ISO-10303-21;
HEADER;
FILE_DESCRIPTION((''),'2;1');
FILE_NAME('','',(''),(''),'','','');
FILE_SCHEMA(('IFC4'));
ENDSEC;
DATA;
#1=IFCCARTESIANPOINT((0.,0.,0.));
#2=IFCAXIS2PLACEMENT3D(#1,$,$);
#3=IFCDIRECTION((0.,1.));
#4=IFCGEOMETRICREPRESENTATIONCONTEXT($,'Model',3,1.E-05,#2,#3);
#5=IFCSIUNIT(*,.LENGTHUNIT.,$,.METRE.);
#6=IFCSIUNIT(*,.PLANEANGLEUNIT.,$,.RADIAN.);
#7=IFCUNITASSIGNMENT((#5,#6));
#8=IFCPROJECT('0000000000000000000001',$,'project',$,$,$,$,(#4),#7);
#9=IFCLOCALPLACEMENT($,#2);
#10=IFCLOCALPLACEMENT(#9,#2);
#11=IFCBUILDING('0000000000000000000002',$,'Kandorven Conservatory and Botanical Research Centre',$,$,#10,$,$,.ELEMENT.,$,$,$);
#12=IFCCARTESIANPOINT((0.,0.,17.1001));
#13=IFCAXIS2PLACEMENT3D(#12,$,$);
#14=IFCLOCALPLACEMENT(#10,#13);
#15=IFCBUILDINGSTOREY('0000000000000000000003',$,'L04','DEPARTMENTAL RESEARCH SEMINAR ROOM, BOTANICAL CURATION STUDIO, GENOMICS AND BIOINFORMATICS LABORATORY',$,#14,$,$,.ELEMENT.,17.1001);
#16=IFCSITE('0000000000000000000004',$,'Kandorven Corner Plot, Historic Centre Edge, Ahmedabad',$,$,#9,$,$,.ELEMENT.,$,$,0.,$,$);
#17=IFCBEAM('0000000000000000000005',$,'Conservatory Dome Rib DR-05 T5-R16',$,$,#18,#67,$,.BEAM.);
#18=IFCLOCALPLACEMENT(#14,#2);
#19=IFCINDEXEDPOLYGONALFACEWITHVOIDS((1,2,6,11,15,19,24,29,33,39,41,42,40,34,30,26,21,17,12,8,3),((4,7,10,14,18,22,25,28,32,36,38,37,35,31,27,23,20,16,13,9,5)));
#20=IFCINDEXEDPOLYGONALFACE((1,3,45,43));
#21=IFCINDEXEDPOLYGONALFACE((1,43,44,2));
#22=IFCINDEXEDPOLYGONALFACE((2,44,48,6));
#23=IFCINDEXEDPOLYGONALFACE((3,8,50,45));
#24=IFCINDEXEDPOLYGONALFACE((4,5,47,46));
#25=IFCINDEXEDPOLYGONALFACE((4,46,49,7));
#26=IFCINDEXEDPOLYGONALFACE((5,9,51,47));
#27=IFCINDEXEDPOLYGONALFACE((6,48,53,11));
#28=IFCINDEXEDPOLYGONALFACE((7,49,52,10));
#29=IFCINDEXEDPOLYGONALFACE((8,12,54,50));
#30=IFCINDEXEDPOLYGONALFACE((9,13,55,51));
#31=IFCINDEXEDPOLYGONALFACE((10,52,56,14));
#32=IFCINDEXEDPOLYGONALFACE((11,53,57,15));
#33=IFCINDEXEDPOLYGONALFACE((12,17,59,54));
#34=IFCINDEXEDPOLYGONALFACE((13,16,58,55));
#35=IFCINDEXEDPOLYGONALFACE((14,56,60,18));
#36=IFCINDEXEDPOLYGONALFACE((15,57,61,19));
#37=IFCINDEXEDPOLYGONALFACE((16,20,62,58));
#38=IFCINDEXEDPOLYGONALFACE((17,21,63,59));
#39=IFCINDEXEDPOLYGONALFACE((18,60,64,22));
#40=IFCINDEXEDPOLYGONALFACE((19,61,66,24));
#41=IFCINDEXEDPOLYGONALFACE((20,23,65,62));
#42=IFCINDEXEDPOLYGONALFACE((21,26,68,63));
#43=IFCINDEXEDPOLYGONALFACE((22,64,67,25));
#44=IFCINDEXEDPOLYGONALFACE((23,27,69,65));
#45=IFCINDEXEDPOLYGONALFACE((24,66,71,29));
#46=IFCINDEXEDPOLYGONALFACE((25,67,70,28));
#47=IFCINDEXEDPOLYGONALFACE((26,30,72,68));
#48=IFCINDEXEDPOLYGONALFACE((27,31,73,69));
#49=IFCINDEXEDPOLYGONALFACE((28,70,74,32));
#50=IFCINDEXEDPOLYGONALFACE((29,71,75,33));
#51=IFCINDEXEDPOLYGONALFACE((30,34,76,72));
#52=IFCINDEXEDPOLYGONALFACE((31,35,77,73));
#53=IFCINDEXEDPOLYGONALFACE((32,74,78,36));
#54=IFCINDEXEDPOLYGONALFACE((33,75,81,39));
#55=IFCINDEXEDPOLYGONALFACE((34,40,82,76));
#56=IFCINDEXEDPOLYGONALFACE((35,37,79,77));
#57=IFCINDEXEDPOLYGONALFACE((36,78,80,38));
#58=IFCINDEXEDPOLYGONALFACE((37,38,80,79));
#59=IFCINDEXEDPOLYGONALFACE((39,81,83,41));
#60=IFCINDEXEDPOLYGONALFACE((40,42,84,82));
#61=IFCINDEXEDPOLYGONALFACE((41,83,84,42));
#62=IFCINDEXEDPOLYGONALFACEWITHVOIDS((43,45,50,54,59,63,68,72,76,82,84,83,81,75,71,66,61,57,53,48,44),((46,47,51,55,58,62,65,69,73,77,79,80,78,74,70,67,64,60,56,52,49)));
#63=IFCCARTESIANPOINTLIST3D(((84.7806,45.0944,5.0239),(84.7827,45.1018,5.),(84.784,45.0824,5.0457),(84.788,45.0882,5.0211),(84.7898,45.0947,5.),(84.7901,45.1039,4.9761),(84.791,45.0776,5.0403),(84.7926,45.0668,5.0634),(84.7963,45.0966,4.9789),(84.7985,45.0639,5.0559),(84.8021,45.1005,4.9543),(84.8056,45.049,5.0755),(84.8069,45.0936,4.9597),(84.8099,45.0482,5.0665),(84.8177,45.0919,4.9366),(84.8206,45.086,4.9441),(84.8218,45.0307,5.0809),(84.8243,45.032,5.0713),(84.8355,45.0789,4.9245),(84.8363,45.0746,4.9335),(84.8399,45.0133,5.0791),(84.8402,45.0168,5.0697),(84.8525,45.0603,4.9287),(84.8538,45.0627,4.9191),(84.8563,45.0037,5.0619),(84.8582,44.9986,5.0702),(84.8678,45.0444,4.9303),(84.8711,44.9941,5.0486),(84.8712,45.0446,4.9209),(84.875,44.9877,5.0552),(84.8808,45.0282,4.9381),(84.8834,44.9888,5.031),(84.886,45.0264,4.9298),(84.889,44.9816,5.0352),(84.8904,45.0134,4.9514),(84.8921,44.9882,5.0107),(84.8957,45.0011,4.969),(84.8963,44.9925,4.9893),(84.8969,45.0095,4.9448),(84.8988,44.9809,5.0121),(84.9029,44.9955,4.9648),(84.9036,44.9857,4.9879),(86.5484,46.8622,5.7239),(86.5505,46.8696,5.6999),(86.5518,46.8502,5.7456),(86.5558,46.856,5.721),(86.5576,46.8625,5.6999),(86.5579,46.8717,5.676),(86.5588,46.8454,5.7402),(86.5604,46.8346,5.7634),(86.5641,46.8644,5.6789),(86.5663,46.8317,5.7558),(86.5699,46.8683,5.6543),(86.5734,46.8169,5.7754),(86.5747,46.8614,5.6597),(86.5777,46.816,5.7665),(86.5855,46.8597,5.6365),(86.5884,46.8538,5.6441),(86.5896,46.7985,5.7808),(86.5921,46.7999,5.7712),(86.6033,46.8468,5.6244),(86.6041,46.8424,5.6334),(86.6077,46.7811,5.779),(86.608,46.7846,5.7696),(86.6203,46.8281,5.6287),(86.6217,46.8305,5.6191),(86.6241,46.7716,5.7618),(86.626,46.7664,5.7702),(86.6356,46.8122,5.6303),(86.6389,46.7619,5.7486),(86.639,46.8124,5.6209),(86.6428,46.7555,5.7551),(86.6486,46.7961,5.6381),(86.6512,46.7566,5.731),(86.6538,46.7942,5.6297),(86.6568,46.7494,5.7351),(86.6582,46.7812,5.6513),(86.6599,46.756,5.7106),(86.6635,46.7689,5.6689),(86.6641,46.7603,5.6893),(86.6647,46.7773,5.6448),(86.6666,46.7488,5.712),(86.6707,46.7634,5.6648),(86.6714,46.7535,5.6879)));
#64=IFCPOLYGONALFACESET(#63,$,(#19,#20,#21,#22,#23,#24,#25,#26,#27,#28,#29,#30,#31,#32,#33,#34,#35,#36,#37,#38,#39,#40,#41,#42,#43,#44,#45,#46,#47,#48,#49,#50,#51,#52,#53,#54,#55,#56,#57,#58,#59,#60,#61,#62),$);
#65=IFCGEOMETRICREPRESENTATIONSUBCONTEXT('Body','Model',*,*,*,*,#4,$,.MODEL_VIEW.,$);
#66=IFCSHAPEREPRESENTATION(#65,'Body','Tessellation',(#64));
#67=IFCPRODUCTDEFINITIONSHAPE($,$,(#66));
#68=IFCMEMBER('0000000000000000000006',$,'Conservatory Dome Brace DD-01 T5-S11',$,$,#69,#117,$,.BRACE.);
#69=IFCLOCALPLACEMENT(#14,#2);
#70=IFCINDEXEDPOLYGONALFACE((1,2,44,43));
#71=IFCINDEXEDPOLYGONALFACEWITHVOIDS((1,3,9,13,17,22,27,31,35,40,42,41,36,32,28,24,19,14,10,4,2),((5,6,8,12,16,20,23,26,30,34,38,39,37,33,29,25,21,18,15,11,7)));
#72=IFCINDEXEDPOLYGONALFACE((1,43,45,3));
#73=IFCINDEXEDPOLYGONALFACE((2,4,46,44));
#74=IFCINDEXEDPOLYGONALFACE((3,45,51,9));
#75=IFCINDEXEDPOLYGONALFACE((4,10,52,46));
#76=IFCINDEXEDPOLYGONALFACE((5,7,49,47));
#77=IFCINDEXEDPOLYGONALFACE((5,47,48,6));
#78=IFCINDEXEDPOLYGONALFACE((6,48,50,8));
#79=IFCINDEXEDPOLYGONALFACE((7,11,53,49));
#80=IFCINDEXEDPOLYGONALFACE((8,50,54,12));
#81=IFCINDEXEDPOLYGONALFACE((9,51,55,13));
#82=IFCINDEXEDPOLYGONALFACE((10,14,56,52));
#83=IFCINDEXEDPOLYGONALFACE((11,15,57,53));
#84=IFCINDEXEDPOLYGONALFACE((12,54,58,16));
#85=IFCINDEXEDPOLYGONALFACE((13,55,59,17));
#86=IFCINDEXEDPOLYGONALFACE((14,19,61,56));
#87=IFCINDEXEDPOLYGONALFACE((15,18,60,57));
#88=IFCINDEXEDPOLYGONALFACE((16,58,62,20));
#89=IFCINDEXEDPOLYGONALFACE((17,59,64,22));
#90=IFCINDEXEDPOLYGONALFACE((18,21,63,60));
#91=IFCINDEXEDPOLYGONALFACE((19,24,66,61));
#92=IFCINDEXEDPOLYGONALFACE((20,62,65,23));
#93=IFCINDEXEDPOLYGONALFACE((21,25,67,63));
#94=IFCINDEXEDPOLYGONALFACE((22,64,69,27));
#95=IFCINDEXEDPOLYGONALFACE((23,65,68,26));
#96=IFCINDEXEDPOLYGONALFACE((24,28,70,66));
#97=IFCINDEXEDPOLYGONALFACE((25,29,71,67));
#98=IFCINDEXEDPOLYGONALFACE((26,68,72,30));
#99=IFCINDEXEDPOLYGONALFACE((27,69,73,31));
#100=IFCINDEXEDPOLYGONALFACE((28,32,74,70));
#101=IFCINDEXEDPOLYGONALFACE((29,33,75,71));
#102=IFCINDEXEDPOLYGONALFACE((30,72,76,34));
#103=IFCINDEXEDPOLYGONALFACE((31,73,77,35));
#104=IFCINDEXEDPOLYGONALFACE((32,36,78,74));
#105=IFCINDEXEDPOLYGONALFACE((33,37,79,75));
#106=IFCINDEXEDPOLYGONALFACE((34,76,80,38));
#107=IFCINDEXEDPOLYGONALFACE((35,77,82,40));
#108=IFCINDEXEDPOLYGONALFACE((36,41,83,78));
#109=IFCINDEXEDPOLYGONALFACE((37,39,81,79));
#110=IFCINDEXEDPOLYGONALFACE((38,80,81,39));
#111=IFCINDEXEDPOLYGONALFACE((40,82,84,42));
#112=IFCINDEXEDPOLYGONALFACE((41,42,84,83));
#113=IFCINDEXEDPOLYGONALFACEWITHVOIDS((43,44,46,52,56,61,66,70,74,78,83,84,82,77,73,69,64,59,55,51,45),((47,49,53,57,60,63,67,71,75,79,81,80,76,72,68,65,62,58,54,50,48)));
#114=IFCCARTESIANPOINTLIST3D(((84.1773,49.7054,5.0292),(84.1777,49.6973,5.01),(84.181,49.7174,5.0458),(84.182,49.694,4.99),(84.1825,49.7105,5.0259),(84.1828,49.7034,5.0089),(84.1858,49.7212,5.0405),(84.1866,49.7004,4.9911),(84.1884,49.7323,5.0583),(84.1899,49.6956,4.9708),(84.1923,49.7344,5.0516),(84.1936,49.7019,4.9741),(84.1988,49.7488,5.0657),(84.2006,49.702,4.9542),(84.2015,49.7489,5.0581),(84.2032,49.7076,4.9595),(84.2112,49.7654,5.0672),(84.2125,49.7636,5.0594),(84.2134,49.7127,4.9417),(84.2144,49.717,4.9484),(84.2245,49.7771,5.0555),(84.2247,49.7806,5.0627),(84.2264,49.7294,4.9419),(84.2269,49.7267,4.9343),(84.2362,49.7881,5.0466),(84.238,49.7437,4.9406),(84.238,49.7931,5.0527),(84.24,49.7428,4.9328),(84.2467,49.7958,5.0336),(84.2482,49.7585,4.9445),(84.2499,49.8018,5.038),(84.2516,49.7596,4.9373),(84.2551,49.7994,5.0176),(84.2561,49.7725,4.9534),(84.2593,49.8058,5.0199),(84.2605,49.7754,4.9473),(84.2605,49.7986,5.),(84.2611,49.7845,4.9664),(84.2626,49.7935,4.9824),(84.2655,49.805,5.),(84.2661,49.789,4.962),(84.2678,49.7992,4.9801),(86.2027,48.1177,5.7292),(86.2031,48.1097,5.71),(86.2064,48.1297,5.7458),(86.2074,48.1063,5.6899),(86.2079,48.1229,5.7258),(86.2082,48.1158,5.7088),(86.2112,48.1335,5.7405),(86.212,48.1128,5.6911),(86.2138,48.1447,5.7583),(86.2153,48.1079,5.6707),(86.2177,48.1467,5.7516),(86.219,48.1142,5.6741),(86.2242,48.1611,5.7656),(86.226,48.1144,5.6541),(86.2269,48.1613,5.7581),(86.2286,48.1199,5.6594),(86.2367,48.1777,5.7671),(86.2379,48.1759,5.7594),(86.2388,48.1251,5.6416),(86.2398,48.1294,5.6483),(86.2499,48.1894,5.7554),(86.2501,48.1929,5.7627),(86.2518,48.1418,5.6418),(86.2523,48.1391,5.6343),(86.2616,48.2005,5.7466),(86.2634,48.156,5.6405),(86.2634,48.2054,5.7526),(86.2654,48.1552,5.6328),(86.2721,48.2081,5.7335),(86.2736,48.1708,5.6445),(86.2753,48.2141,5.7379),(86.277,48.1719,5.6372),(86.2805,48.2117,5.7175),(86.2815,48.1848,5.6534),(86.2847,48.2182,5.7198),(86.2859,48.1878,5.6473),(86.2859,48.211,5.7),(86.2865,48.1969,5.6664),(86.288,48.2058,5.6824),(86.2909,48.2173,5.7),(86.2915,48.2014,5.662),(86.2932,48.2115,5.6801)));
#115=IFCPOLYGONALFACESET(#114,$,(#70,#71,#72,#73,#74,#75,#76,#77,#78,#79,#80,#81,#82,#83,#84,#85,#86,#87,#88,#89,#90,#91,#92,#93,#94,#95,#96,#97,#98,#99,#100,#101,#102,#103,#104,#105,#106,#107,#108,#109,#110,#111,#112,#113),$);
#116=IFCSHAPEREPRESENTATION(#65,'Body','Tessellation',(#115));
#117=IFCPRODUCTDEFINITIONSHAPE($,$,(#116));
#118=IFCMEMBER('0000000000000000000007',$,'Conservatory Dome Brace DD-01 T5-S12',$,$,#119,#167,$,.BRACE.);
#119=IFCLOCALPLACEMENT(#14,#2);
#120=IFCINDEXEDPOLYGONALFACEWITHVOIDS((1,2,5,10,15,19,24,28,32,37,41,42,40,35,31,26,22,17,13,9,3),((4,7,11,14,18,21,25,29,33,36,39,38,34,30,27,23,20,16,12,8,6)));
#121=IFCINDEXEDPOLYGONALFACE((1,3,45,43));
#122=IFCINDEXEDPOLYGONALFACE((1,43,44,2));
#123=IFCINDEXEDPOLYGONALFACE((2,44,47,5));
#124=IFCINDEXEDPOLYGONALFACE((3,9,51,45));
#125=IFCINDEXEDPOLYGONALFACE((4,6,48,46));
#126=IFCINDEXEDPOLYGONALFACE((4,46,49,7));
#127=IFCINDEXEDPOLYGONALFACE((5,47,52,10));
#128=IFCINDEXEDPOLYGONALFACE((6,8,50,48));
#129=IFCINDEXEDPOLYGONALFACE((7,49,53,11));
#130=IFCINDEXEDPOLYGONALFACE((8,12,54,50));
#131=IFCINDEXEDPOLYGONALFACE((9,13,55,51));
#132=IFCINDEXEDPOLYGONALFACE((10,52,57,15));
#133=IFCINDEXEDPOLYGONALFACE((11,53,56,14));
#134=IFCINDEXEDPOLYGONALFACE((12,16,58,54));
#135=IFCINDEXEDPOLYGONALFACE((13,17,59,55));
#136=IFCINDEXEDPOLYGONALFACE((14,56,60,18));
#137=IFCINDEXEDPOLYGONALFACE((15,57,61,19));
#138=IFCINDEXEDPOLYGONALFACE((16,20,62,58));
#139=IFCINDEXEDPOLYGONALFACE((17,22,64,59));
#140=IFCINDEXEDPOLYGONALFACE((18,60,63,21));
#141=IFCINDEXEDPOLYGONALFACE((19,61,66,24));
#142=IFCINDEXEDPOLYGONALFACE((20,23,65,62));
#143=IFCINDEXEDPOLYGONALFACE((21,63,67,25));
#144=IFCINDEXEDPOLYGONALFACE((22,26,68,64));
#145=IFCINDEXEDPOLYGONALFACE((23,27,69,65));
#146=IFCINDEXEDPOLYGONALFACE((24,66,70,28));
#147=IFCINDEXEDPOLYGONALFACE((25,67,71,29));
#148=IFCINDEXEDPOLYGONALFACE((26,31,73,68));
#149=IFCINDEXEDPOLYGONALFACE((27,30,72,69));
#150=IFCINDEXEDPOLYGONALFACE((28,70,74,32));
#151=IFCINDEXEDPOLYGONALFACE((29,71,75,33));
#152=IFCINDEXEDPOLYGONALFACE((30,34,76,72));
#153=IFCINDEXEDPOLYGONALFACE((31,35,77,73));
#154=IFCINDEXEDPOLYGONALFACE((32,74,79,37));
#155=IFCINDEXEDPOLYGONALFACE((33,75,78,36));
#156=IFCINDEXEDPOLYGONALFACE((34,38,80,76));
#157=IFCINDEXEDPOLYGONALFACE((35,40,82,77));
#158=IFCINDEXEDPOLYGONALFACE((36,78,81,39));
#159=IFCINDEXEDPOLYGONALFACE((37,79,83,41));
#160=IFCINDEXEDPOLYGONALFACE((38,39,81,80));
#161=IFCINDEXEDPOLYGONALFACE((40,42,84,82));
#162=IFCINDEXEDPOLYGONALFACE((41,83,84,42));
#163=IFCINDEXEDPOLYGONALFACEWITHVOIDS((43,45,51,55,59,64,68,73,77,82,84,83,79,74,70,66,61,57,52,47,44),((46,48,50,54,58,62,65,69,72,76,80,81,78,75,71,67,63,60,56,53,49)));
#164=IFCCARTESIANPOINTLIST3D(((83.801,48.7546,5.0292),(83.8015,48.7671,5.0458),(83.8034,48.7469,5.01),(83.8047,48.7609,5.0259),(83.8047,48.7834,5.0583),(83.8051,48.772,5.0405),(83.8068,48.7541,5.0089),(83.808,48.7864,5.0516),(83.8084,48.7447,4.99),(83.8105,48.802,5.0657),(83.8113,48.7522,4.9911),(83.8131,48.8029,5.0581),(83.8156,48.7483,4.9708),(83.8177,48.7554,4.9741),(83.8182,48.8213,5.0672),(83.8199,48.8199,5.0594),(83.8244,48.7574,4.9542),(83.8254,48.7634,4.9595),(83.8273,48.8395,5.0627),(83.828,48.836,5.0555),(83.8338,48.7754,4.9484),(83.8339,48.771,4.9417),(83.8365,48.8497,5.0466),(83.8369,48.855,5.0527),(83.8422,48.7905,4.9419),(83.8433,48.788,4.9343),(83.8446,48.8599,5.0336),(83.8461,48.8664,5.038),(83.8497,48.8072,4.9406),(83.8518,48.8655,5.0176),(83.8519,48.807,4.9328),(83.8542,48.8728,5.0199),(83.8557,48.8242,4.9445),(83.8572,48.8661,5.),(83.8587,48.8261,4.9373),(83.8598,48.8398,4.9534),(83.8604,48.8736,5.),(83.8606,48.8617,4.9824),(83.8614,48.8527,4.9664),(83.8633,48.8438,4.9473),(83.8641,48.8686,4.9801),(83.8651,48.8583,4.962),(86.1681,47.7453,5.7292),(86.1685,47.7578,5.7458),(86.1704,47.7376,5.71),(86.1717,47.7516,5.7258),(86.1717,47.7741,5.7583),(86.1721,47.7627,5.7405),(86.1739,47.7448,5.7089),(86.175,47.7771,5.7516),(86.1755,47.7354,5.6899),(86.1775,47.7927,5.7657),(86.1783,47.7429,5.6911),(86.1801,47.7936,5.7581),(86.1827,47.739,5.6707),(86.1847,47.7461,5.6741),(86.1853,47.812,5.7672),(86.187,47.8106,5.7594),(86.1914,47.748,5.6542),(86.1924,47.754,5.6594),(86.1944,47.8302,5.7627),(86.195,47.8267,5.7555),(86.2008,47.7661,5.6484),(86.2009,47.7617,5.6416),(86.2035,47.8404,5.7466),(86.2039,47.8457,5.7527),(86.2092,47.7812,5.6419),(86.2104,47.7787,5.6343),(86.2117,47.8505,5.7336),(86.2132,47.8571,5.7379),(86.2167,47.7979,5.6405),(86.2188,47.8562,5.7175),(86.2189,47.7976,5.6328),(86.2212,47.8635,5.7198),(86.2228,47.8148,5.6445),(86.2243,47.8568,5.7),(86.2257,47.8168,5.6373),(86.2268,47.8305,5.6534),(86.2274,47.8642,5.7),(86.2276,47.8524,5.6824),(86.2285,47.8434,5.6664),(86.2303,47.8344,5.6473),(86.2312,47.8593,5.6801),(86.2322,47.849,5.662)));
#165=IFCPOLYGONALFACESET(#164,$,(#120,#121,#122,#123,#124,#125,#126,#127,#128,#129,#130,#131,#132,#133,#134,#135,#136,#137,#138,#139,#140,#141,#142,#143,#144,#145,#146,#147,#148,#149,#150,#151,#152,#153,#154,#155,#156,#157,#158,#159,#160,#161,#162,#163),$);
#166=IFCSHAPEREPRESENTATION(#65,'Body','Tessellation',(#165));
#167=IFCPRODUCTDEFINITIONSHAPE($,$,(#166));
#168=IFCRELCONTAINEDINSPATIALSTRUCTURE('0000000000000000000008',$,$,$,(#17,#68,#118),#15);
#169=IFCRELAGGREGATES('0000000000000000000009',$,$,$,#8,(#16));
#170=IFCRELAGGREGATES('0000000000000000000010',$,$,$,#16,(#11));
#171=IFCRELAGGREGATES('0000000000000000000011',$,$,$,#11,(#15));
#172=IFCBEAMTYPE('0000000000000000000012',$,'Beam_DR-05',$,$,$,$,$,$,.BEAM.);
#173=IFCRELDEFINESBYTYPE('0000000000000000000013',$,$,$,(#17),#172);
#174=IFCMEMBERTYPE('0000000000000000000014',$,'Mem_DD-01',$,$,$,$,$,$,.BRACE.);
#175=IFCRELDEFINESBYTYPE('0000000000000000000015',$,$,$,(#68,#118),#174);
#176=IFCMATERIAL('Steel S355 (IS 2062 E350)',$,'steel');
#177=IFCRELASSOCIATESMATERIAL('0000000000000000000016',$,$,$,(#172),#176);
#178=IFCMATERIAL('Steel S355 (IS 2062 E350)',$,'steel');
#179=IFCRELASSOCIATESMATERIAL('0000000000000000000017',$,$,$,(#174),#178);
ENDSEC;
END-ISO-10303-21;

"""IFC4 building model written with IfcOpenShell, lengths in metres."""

from ifc_helpers import new_model, si_unit, direction, frame, origin, origin_2d, place, context, subcontext, project, spatial, hollow_circle, extrude, material, material_profile, profile_set, type_object, element, save


model = new_model("IFC4")

# Units and contexts
model_context = context("Model", 3, precision=1e-05, world=origin(), true_north=direction((0.0, 1.0)))
body_context = subcontext(model_context, "Body", "Model", "MODEL_VIEW")
ifc_project = project(units=[si_unit("LENGTHUNIT", "METRE"), si_unit("PLANEANGLEUNIT", "RADIAN")], contexts=[model_context])

# Site, building, storey
site_placement = place(None, origin())
site = spatial("IfcSite", under=ifc_project, at=site_placement, Name="Kandorven Corner Plot, Historic Centre Edge, Ahmedabad", CompositionType="ELEMENT", RefElevation=0.0)
building_placement = place(site_placement, origin())
building = spatial("IfcBuilding", under=site, at=building_placement, Name="Kandorven Conservatory and Botanical Research Centre", CompositionType="ELEMENT")
storey_placement = place(building_placement, frame((0.0, 0.0, 17.1001)))
storey = spatial("IfcBuildingStorey", under=building, at=storey_placement, Name="L04", Description="DEPARTMENTAL RESEARCH SEMINAR ROOM, BOTANICAL CURATION STUDIO, GENOMICS AND BIOINFORMATICS LABORATORY", CompositionType="ELEMENT", Elevation=17.1001)

# Beam
ifc_material_1 = material(Name="Steel S355 (IS 2062 E350)", Category="steel")
ifc_material_profile_1 = material_profile(ifc_material_1, hollow_circle(Radius=0.0842, WallThickness=0.01, at=origin_2d()))
ifc_profile_set_1 = profile_set([ifc_material_profile_1], Name="Steel S355 (IS 2062 E350)")
beam_type = type_object("IfcBeamType", Name="Beam_DR-05", PredefinedType="BEAM", material=ifc_profile_set_1)
beam_1_placement = place(storey_placement, frame((84.8423, 45.0422, 5.0), z_axis=(0.680923, 0.680923, 0.269605), x_axis=(-0.707107, 0.707107, 0.0)))
element("IfcBeam", 1, at=beam_1_placement, inside=storey, type_object=beam_type, Name="Conservatory Dome Rib DR-05 T5-R16", PredefinedType="BEAM", context=body_context, shape_type="SweptSolid", body=[
    extrude(hollow_circle(Radius=0.0842, WallThickness=0.01, at=origin_2d()), origin(), (0.0, 0.0, 1.0), 2.5962),
])

# Members
ifc_material_2 = material(Name="Steel S355 (IS 2062 E350)", Category="steel")
ifc_material_profile_2 = material_profile(ifc_material_2, hollow_circle(Radius=0.0698, WallThickness=0.0081, at=origin_2d()))
ifc_profile_set_2 = profile_set([ifc_material_profile_2], Name="Steel S355 (IS 2062 E350)")
member_type_1 = type_object("IfcMemberType", Name="Mem_DD-01", PredefinedType="BRACE", material=ifc_profile_set_2)
member_1_placement = place(storey_placement, frame((84.2224, 49.75, 5.0), z_axis=(0.759433, -0.595298, 0.262451), x_axis=(0.616925, 0.787022, 0.0)))
element("IfcMember", 2, at=member_1_placement, inside=storey, type_object=member_type_1, Name="Conservatory Dome Brace DD-01 T5-S11", PredefinedType="BRACE", context=body_context, shape_type="SweptSolid", body=[
    extrude(hollow_circle(Radius=0.0698, WallThickness=0.0081, at=origin_2d()), origin(), (0.0, 0.0, 1.0), 2.667),
])
member_2_placement = place(storey_placement, frame((83.833, 48.8093, 5.0), z_axis=(0.887611, -0.378482, 0.262484), x_axis=(0.392235, 0.919865, 0.0)))
element("IfcMember", 3, at=member_2_placement, inside=storey, type_object=member_type_1, Name="Conservatory Dome Brace DD-01 T5-S12", PredefinedType="BRACE", context=body_context, shape_type="SweptSolid", body=[
    extrude(hollow_circle(Radius=0.0698, WallThickness=0.0081, at=origin_2d()), origin(), (0.0, 0.0, 1.0), 2.6667),
])

save(model, "model.ifc")
